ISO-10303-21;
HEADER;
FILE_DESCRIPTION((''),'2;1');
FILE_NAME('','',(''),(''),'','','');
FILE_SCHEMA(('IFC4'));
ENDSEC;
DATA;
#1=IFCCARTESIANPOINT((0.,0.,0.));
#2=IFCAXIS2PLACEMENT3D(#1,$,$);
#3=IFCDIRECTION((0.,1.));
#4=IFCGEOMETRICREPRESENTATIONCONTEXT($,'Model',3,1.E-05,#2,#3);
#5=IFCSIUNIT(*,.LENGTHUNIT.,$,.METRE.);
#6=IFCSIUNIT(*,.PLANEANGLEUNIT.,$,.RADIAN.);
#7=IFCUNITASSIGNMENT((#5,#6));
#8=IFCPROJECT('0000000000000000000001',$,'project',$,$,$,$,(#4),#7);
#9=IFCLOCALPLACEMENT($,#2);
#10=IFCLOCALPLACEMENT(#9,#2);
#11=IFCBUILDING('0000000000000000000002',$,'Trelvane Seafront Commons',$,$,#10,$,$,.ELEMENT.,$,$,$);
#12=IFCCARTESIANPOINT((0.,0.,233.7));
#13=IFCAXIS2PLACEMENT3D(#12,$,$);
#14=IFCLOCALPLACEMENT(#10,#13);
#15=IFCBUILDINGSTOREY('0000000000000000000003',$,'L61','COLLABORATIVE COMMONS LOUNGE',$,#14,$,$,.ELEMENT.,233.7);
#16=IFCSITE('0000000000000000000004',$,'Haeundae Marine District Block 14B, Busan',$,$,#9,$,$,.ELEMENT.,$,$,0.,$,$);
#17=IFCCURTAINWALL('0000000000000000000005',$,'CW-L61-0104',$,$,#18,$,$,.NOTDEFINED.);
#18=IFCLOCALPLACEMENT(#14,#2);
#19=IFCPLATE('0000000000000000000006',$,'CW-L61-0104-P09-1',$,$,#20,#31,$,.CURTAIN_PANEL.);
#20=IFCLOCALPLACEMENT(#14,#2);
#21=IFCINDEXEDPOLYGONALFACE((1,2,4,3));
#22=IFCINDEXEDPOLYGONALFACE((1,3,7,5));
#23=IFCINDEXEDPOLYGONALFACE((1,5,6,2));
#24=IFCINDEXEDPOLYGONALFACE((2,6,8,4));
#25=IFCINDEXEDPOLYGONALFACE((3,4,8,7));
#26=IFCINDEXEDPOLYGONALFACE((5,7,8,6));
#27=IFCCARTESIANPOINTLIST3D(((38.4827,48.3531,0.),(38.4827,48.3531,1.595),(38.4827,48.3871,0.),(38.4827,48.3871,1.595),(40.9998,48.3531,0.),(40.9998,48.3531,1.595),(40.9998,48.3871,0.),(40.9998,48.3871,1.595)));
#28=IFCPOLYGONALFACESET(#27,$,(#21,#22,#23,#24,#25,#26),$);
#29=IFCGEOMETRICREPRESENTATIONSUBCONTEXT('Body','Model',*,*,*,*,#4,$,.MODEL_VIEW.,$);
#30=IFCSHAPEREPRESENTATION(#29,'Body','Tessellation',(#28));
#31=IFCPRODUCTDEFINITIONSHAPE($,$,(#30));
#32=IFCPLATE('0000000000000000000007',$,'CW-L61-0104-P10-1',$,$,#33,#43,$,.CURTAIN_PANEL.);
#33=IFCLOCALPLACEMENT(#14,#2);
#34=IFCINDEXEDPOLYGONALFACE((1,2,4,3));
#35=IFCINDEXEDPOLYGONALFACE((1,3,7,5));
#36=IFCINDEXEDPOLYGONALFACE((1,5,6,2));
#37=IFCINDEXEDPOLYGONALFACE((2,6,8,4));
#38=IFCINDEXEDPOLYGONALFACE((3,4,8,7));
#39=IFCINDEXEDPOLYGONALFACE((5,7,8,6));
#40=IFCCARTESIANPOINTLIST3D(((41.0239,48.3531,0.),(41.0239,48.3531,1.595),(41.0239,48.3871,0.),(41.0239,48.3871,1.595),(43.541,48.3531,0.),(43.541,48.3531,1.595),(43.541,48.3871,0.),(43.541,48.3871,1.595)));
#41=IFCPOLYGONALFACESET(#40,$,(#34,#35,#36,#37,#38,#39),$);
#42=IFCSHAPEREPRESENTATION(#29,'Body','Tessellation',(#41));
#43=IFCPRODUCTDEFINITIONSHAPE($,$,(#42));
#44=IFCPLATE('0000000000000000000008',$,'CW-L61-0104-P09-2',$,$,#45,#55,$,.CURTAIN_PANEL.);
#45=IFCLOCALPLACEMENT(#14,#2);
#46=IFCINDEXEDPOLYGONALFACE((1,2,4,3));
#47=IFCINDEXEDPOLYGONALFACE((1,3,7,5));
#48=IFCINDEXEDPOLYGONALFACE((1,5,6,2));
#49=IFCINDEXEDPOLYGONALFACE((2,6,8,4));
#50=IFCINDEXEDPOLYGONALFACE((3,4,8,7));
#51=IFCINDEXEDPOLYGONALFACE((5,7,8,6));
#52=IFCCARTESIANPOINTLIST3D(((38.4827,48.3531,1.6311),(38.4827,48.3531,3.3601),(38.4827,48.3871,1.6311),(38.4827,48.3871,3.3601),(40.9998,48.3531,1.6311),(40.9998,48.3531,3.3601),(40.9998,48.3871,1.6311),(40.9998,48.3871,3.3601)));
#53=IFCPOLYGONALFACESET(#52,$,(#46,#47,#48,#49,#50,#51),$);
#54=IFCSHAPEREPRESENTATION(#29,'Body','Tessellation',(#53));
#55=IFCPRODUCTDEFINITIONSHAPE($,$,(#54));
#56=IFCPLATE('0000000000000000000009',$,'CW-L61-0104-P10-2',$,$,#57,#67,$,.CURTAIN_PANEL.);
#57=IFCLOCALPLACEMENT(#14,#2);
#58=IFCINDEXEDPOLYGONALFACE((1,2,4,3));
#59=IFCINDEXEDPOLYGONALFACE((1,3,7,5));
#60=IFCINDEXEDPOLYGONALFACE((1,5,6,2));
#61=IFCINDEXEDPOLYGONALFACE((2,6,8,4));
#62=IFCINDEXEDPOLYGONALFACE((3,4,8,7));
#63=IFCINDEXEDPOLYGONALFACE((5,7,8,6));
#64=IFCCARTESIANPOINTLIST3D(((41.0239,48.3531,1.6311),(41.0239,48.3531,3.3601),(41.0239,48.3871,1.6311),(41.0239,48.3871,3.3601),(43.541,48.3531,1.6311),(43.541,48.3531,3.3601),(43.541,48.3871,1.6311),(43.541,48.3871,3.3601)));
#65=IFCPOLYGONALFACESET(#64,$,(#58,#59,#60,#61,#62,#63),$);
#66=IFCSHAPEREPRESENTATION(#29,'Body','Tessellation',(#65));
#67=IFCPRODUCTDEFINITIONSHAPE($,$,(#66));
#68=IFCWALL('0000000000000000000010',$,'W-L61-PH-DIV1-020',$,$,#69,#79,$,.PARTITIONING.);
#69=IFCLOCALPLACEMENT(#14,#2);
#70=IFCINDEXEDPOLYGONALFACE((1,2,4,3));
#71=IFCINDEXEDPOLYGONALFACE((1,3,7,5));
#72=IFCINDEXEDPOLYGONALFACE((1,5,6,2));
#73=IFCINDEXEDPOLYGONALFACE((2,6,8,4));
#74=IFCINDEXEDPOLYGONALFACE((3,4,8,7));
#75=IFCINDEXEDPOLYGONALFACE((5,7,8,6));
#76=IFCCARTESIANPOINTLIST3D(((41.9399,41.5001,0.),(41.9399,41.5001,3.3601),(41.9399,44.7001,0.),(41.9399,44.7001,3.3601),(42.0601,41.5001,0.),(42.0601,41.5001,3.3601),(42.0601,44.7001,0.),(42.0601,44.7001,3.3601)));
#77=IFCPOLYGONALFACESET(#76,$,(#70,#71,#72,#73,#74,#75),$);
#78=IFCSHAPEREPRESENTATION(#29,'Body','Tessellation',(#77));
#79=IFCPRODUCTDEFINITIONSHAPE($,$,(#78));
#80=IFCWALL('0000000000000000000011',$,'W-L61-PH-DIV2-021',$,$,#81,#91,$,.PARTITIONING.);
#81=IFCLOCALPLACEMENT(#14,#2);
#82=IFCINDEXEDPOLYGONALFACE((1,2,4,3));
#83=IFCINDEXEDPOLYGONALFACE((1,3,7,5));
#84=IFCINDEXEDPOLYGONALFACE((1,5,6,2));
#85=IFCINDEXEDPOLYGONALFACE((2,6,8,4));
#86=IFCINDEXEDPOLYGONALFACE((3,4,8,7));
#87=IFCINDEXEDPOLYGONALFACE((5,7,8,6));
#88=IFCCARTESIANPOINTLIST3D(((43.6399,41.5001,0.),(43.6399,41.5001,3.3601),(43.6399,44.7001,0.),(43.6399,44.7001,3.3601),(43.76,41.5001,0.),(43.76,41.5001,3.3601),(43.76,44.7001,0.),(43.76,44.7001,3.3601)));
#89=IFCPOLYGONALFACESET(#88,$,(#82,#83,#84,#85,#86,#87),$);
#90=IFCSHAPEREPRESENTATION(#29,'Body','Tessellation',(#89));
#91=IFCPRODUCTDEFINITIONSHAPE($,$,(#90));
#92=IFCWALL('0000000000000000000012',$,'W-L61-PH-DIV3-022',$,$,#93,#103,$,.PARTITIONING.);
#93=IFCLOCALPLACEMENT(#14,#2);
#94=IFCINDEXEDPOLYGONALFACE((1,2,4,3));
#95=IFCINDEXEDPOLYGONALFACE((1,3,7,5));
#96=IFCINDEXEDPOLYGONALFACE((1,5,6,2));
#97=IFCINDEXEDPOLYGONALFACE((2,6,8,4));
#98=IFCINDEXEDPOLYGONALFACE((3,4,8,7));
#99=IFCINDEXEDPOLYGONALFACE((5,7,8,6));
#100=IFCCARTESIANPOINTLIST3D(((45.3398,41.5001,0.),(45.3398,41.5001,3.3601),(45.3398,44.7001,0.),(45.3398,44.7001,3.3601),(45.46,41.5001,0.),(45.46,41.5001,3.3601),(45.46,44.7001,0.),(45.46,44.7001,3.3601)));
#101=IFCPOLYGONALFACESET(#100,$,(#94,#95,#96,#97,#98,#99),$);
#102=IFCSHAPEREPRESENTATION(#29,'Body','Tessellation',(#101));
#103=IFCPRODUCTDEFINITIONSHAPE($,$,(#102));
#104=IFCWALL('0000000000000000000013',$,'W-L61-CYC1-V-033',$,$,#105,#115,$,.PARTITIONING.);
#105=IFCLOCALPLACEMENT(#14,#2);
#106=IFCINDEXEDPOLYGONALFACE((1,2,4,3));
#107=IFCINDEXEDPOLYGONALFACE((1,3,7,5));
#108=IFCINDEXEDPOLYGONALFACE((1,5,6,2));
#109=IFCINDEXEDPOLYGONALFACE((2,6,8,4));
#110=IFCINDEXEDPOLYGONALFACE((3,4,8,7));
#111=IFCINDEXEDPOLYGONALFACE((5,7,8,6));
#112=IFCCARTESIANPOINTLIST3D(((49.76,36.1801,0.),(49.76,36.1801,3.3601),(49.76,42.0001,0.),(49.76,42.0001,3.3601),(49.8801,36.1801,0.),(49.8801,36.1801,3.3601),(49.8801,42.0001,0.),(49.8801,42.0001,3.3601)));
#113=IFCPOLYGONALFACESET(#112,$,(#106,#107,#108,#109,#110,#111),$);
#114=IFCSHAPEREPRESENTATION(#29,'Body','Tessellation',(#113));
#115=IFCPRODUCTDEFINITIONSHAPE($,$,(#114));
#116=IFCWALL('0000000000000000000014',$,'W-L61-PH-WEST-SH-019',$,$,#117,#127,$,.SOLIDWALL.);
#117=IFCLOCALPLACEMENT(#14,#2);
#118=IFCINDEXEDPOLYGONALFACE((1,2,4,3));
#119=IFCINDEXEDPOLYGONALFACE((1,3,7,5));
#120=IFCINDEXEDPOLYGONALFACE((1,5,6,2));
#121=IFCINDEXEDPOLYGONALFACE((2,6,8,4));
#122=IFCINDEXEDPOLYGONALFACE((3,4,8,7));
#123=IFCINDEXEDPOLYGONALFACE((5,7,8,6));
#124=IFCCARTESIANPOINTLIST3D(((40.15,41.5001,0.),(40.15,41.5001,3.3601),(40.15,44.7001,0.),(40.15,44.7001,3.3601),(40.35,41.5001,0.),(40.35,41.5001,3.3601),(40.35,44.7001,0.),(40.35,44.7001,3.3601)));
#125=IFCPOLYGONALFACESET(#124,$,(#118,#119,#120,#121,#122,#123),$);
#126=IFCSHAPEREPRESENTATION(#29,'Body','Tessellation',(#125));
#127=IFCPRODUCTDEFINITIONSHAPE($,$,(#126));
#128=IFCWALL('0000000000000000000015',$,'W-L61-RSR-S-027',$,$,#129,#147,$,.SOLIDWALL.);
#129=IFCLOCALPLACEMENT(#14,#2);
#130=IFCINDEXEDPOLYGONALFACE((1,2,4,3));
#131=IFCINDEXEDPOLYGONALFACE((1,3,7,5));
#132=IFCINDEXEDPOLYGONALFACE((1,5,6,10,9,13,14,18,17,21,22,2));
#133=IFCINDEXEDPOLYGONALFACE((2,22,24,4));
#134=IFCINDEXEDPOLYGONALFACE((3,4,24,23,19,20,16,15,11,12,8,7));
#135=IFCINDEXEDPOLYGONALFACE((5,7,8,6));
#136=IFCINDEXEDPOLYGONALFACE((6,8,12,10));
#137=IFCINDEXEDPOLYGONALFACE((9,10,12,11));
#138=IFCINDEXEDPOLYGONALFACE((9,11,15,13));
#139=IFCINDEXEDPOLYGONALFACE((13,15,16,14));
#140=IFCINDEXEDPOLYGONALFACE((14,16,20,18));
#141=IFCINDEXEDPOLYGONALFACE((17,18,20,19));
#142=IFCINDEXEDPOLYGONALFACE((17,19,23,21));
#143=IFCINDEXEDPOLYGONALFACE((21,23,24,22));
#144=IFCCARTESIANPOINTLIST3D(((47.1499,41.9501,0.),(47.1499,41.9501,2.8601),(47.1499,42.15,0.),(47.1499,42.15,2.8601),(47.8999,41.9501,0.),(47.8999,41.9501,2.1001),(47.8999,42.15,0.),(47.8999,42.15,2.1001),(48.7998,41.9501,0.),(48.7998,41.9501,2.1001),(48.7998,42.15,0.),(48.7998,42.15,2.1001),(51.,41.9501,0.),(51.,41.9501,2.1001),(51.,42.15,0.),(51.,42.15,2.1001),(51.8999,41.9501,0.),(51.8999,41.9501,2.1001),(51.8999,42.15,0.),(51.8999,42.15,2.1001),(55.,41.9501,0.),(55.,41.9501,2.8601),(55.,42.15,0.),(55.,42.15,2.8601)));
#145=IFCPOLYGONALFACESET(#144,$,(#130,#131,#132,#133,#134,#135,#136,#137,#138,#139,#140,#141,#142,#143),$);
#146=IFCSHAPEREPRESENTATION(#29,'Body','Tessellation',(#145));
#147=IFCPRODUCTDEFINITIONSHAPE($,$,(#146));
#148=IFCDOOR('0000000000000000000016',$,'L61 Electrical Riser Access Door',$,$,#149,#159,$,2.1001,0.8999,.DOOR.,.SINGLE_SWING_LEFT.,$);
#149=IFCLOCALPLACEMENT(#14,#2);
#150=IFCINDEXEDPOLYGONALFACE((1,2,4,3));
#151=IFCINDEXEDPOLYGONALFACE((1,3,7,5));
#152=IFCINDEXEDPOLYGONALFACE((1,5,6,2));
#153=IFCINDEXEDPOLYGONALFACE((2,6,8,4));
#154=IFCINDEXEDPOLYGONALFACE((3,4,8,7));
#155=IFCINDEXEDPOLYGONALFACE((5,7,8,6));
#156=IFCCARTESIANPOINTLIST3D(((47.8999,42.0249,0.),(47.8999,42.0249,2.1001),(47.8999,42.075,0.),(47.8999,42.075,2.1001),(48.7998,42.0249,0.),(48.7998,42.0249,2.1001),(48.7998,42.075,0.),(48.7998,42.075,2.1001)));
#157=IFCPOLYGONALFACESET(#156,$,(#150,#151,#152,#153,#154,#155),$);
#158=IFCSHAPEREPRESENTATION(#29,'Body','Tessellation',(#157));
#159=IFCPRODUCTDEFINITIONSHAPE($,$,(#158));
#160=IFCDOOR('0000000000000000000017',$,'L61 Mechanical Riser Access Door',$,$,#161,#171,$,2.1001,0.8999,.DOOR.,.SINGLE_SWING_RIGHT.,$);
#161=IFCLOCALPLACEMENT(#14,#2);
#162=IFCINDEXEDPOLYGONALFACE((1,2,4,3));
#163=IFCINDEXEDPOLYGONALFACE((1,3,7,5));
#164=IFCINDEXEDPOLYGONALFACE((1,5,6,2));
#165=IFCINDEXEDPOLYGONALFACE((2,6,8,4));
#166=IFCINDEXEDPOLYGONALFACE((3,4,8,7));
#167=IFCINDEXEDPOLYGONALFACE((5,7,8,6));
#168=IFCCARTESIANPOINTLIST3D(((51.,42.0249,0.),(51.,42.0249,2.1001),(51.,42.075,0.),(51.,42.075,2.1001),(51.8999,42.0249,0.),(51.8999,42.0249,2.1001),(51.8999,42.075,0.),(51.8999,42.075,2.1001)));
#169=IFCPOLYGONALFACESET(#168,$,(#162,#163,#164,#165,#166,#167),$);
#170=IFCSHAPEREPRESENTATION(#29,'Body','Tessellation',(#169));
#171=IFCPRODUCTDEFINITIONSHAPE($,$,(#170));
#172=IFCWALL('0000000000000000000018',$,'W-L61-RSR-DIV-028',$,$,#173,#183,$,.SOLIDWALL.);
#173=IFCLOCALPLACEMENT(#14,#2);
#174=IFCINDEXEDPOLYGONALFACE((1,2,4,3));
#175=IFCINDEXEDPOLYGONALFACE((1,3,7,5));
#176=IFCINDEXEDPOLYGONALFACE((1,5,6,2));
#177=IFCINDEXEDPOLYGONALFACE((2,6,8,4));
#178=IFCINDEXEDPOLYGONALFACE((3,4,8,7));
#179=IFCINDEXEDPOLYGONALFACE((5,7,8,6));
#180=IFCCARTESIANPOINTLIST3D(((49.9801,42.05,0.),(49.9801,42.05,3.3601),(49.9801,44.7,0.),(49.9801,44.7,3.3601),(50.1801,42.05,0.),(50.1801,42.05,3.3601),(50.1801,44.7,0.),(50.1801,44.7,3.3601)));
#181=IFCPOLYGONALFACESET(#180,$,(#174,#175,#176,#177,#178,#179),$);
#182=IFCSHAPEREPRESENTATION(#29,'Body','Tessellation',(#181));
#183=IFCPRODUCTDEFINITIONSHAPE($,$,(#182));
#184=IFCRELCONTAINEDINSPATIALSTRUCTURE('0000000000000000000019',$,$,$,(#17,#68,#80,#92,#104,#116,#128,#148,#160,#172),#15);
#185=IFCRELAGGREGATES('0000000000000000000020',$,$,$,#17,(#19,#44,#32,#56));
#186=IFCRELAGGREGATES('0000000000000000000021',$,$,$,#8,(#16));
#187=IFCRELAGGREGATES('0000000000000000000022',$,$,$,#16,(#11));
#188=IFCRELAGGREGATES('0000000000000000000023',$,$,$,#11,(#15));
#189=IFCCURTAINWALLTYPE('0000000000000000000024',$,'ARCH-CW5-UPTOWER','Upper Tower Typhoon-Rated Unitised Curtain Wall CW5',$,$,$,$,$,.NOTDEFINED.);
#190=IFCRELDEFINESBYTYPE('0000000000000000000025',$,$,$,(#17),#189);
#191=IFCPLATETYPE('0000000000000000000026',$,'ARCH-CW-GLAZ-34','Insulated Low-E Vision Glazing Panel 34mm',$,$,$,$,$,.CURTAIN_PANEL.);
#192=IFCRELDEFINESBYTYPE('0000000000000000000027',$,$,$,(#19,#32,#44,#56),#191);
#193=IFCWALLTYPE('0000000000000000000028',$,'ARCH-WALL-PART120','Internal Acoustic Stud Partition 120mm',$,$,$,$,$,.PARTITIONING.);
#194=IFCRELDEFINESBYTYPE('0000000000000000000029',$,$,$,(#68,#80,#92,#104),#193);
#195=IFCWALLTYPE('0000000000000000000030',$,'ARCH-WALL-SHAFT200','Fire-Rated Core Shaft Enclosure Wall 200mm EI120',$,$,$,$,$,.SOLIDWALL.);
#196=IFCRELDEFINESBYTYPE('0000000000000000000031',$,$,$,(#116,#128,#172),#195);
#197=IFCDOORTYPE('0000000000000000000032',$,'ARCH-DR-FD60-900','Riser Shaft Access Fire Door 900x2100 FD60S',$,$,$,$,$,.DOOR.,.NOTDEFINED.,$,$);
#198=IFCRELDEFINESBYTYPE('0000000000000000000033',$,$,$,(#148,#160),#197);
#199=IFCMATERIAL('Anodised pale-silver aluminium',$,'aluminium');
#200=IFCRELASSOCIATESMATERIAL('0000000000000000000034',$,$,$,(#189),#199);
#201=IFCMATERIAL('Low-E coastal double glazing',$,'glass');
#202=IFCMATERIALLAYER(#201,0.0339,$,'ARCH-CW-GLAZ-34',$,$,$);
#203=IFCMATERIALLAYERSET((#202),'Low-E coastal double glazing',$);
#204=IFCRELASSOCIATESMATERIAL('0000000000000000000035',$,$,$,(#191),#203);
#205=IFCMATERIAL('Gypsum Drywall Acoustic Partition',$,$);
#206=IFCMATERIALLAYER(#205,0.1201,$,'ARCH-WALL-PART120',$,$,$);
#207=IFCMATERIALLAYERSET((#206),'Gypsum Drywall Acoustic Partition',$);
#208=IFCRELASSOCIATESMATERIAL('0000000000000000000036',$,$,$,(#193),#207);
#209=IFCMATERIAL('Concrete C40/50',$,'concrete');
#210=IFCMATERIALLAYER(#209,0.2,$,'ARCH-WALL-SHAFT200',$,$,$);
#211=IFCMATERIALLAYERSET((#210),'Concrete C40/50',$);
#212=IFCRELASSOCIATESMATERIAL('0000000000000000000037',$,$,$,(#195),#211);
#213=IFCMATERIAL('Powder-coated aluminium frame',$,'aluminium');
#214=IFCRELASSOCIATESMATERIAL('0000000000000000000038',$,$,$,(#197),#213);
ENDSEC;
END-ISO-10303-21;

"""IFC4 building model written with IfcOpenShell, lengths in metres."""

from ifc_helpers import new_model, si_unit, direction, frame, frame_2d, origin, origin_2d, place, context, subcontext, project, spatial, rectangle, extrude, source, transform, mapped, material, layer, layer_set, type_object, element, fill, aggregate, save


model = new_model("IFC4")

# Units and contexts
model_context = context("Model", 3, precision=1e-05, world=origin(), true_north=direction((0.0, 1.0)))
body_context = subcontext(model_context, "Body", "Model", "MODEL_VIEW")
ifc_project = project(units=[si_unit("LENGTHUNIT", "METRE"), si_unit("PLANEANGLEUNIT", "RADIAN")], contexts=[model_context])

# Site, building, storey
site_placement = place(None, origin())
site = spatial("IfcSite", under=ifc_project, at=site_placement, Name="Haeundae Marine District Block 14B, Busan", CompositionType="ELEMENT", RefElevation=0.0)
building_placement = place(site_placement, origin())
building = spatial("IfcBuilding", under=site, at=building_placement, Name="Trelvane Seafront Commons", CompositionType="ELEMENT")
storey_placement = place(building_placement, frame((0.0, 0.0, 233.7)))
storey = spatial("IfcBuildingStorey", under=building, at=storey_placement, Name="L61", Description="COLLABORATIVE COMMONS LOUNGE", CompositionType="ELEMENT", Elevation=233.7)

# Curtain wall, plates
ifc_material_1 = material(Name="Anodised pale-silver aluminium", Category="aluminium")
curtain_wall_type = type_object("IfcCurtainWallType", Name="ARCH-CW5-UPTOWER", Description="Upper Tower Typhoon-Rated Unitised Curtain Wall CW5", PredefinedType="NOTDEFINED", material=ifc_material_1)
curtain_wall_placement = place(storey_placement, origin())
curtain_wall = element("IfcCurtainWall", 1, at=curtain_wall_placement, inside=storey, type_object=curtain_wall_type, Name="CW-L61-0104", PredefinedType="NOTDEFINED")
ifc_material_2 = material(Name="Low-E coastal double glazing", Category="glass")
ifc_layer_1 = layer(ifc_material_2, 0.0339, Name="ARCH-CW-GLAZ-34")
ifc_layer_set_1 = layer_set([ifc_layer_1], Name="Low-E coastal double glazing")
plate_type = type_object("IfcPlateType", Name="ARCH-CW-GLAZ-34", Description="Insulated Low-E Vision Glazing Panel 34mm", PredefinedType="CURTAIN_PANEL", material=ifc_layer_set_1)
shared_shape_1 = source(origin(), body_context, "Body", "SweptSolid", [
    extrude(rectangle(XDim=2.5171, YDim=0.0339, at=origin_2d()), origin(), (0.0, 0.0, 1.0), 1.595),
])
plate_1_placement = place(storey_placement, frame((39.7412, 48.3701, 0.0), z_axis=(0.0, 0.0, 1.0), x_axis=(1.0, 0.0, 0.0)))
plate_1 = element("IfcPlate", 2, at=plate_1_placement, type_object=plate_type, Name="CW-L61-0104-P09-1", PredefinedType="CURTAIN_PANEL", context=body_context, shape_type="MappedRepresentation", body=[
    mapped(shared_shape_1, transform((0.0, 0.0, 0.0), x_axis=(1.0, 0.0, 0.0), y_axis=(0.0, 1.0, 0.0), z_axis=(0.0, 0.0, 1.0), scale=1.0)),
])
plate_2_placement = place(storey_placement, frame((42.2825, 48.3701, 0.0), z_axis=(0.0, 0.0, 1.0), x_axis=(1.0, 0.0, 0.0)))
plate_2 = element("IfcPlate", 3, at=plate_2_placement, type_object=plate_type, Name="CW-L61-0104-P10-1", PredefinedType="CURTAIN_PANEL", context=body_context, shape_type="MappedRepresentation", body=[
    mapped(shared_shape_1, transform((0.0, 0.0, 0.0), x_axis=(1.0, 0.0, 0.0), y_axis=(0.0, 1.0, 0.0), z_axis=(0.0, 0.0, 1.0), scale=1.0)),
])
shared_shape_2 = source(origin(), body_context, "Body", "SweptSolid", [
    extrude(rectangle(XDim=2.5171, YDim=0.0339, at=origin_2d()), origin(), (0.0, 0.0, 1.0), 1.729),
])
plate_3_placement = place(storey_placement, frame((39.7412, 48.3701, 1.6311), z_axis=(0.0, 0.0, 1.0), x_axis=(1.0, 0.0, 0.0)))
plate_3 = element("IfcPlate", 4, at=plate_3_placement, type_object=plate_type, Name="CW-L61-0104-P09-2", PredefinedType="CURTAIN_PANEL", context=body_context, shape_type="MappedRepresentation", body=[
    mapped(shared_shape_2, transform((0.0, 0.0, 0.0), x_axis=(1.0, 0.0, 0.0), y_axis=(0.0, 1.0, 0.0), z_axis=(0.0, 0.0, 1.0), scale=1.0)),
])
plate_4_placement = place(storey_placement, frame((42.2825, 48.3701, 1.6311), z_axis=(0.0, 0.0, 1.0), x_axis=(1.0, 0.0, 0.0)))
plate_4 = element("IfcPlate", 5, at=plate_4_placement, type_object=plate_type, Name="CW-L61-0104-P10-2", PredefinedType="CURTAIN_PANEL", context=body_context, shape_type="MappedRepresentation", body=[
    mapped(shared_shape_2, transform((0.0, 0.0, 0.0), x_axis=(1.0, 0.0, 0.0), y_axis=(0.0, 1.0, 0.0), z_axis=(0.0, 0.0, 1.0), scale=1.0)),
])
aggregate(curtain_wall, [plate_1, plate_3, plate_2, plate_4])

# Walls
ifc_material_3 = material(Name="Gypsum Drywall Acoustic Partition")
ifc_layer_2 = layer(ifc_material_3, 0.1201, Name="ARCH-WALL-PART120")
ifc_layer_set_2 = layer_set([ifc_layer_2], Name="Gypsum Drywall Acoustic Partition")
wall_type_1 = type_object("IfcWallType", Name="ARCH-WALL-PART120", Description="Internal Acoustic Stud Partition 120mm", PredefinedType="PARTITIONING", material=ifc_layer_set_2)
for number, where, z_axis, x_axis, name in (
    (6, (42.0, 41.5, 0.0), (0.0, 0.0, 1.0), (0.0, 1.0, 0.0), "W-L61-PH-DIV1-020"),
    (7, (43.7, 41.5, 0.0), (0.0, 0.0, 1.0), (0.0, 1.0, 0.0), "W-L61-PH-DIV2-021"),
    (8, (45.3999, 41.5, 0.0), (0.0, 0.0, 1.0), (0.0, 1.0, 0.0), "W-L61-PH-DIV3-022"),
):
    element("IfcWall", number, at=place(storey_placement, frame(where, z_axis=z_axis, x_axis=x_axis)), inside=storey, type_object=wall_type_1, Name=name, PredefinedType="PARTITIONING", context=body_context, shape_type="SweptSolid", body=[
        extrude(rectangle(XDim=3.2, YDim=0.1201, at=frame_2d((1.6001, 0.0))), origin(), (0.0, 0.0, 1.0), 3.3601),
    ])

# Wall
wall_1_placement = place(storey_placement, frame((49.8201, 36.1799, 0.0), z_axis=(0.0, 0.0, 1.0), x_axis=(0.0, 1.0, 0.0)))
element("IfcWall", 9, at=wall_1_placement, inside=storey, type_object=wall_type_1, Name="W-L61-CYC1-V-033", PredefinedType="PARTITIONING", context=body_context, shape_type="SweptSolid", body=[
    extrude(rectangle(XDim=5.8201, YDim=0.1201, at=frame_2d((2.9102, 0.0))), origin(), (0.0, 0.0, 1.0), 3.3601),
])

# Shared definitions
ifc_material_4 = material(Name="Concrete C40/50", Category="concrete")
ifc_layer_3 = layer(ifc_material_4, 0.2, Name="ARCH-WALL-SHAFT200")
ifc_layer_set_3 = layer_set([ifc_layer_3], Name="Concrete C40/50")
wall_type_2 = type_object("IfcWallType", Name="ARCH-WALL-SHAFT200", Description="Fire-Rated Core Shaft Enclosure Wall 200mm EI120", PredefinedType="SOLIDWALL", material=ifc_layer_set_3)

# Wall
wall_2_placement = place(storey_placement, frame((40.25, 41.5, 0.0), z_axis=(0.0, 0.0, 1.0), x_axis=(0.0, 1.0, 0.0)))
element("IfcWall", 10, at=wall_2_placement, inside=storey, type_object=wall_type_2, Name="W-L61-PH-WEST-SH-019", PredefinedType="SOLIDWALL", context=body_context, shape_type="SweptSolid", body=[
    extrude(rectangle(XDim=3.2, YDim=0.2, at=frame_2d((1.6001, 0.0))), origin(), (0.0, 0.0, 1.0), 3.3601),
])

# Wall, openings, doors
wall_3_placement = place(storey_placement, frame((47.1499, 42.05, 0.0), z_axis=(0.0, 0.0, 1.0), x_axis=(1.0, 0.0, 0.0)))
wall_3 = element("IfcWall", 11, at=wall_3_placement, inside=storey, type_object=wall_type_2, Name="W-L61-RSR-S-027", PredefinedType="SOLIDWALL", context=body_context, shape_type="SweptSolid", body=[
    extrude(rectangle(XDim=7.8501, YDim=0.2, at=frame_2d((3.925, 0.0))), origin(), (0.0, 0.0, 1.0), 2.8601),
])
opening_1_placement = place(wall_3_placement, frame((0.75, 0.0, 0.0)))
opening_1 = element("IfcOpeningElement", 12, at=opening_1_placement, cuts=wall_3, PredefinedType="OPENING", context=body_context, shape_type="SweptSolid", body=[
    extrude(rectangle(XDim=0.8999, YDim=2.1001, at=frame_2d((0.45, 1.05))), frame((0.0, 0.1099, 0.0), z_axis=(0.0, -1.0, 0.0), x_axis=(1.0, 0.0, 0.0)), (0.0, 0.0, 1.0), 0.22),
])
opening_2_placement = place(wall_3_placement, frame((3.8501, 0.0, 0.0)))
opening_2 = element("IfcOpeningElement", 13, at=opening_2_placement, cuts=wall_3, PredefinedType="OPENING", context=body_context, shape_type="SweptSolid", body=[
    extrude(rectangle(XDim=0.8999, YDim=2.1001, at=frame_2d((0.45, 1.05))), frame((0.0, 0.1099, 0.0), z_axis=(0.0, -1.0, 0.0), x_axis=(1.0, 0.0, 0.0)), (0.0, 0.0, 1.0), 0.22),
])
ifc_material_5 = material(Name="Powder-coated aluminium frame", Category="aluminium")
door_type_1 = type_object("IfcDoorType", Name="ARCH-DR-FD60-900", Description="Riser Shaft Access Fire Door 900x2100 FD60S", OperationType="NOTDEFINED", PredefinedType="DOOR", material=ifc_material_5)
shared_shape_3 = source(origin(), body_context, "Body", "SweptSolid", [
    extrude(rectangle(XDim=0.8999, YDim=2.1001, at=frame_2d((0.45, 1.05))), frame((0.0, 0.0249, 0.0), z_axis=(0.0, -1.0, 0.0), x_axis=(1.0, 0.0, 0.0)), (0.0, 0.0, 1.0), 0.05),
])
door_1_placement = place(opening_1_placement, origin())
door_1 = element("IfcDoor", 14, at=door_1_placement, inside=storey, type_object=door_type_1, Name="L61 Electrical Riser Access Door", OperationType="SINGLE_SWING_LEFT", OverallHeight=2.1001, OverallWidth=0.8999, PredefinedType="DOOR", context=body_context, shape_type="MappedRepresentation", body=[
    mapped(shared_shape_3, transform((0.0, 0.0, 0.0), x_axis=(1.0, 0.0, 0.0), y_axis=(0.0, 1.0, 0.0), z_axis=(0.0, 0.0, 1.0), scale=1.0)),
])
fill(opening_1, door_1)
door_2_placement = place(opening_2_placement, origin())
door_2 = element("IfcDoor", 15, at=door_2_placement, inside=storey, type_object=door_type_1, Name="L61 Mechanical Riser Access Door", OperationType="SINGLE_SWING_RIGHT", OverallHeight=2.1001, OverallWidth=0.8999, PredefinedType="DOOR", context=body_context, shape_type="MappedRepresentation", body=[
    mapped(shared_shape_3, transform((0.0, 0.0, 0.0), x_axis=(1.0, 0.0, 0.0), y_axis=(0.0, 1.0, 0.0), z_axis=(0.0, 0.0, 1.0), scale=1.0)),
])
fill(opening_2, door_2)

# Wall
wall_4_placement = place(storey_placement, frame((50.0801, 42.05, 0.0), z_axis=(0.0, 0.0, 1.0), x_axis=(0.0, 1.0, 0.0)))
element("IfcWall", 16, at=wall_4_placement, inside=storey, type_object=wall_type_2, Name="W-L61-RSR-DIV-028", PredefinedType="SOLIDWALL", context=body_context, shape_type="SweptSolid", body=[
    extrude(rectangle(XDim=2.6499, YDim=0.2, at=frame_2d((1.325, 0.0))), origin(), (0.0, 0.0, 1.0), 3.3601),
])

save(model, "model.ifc")
